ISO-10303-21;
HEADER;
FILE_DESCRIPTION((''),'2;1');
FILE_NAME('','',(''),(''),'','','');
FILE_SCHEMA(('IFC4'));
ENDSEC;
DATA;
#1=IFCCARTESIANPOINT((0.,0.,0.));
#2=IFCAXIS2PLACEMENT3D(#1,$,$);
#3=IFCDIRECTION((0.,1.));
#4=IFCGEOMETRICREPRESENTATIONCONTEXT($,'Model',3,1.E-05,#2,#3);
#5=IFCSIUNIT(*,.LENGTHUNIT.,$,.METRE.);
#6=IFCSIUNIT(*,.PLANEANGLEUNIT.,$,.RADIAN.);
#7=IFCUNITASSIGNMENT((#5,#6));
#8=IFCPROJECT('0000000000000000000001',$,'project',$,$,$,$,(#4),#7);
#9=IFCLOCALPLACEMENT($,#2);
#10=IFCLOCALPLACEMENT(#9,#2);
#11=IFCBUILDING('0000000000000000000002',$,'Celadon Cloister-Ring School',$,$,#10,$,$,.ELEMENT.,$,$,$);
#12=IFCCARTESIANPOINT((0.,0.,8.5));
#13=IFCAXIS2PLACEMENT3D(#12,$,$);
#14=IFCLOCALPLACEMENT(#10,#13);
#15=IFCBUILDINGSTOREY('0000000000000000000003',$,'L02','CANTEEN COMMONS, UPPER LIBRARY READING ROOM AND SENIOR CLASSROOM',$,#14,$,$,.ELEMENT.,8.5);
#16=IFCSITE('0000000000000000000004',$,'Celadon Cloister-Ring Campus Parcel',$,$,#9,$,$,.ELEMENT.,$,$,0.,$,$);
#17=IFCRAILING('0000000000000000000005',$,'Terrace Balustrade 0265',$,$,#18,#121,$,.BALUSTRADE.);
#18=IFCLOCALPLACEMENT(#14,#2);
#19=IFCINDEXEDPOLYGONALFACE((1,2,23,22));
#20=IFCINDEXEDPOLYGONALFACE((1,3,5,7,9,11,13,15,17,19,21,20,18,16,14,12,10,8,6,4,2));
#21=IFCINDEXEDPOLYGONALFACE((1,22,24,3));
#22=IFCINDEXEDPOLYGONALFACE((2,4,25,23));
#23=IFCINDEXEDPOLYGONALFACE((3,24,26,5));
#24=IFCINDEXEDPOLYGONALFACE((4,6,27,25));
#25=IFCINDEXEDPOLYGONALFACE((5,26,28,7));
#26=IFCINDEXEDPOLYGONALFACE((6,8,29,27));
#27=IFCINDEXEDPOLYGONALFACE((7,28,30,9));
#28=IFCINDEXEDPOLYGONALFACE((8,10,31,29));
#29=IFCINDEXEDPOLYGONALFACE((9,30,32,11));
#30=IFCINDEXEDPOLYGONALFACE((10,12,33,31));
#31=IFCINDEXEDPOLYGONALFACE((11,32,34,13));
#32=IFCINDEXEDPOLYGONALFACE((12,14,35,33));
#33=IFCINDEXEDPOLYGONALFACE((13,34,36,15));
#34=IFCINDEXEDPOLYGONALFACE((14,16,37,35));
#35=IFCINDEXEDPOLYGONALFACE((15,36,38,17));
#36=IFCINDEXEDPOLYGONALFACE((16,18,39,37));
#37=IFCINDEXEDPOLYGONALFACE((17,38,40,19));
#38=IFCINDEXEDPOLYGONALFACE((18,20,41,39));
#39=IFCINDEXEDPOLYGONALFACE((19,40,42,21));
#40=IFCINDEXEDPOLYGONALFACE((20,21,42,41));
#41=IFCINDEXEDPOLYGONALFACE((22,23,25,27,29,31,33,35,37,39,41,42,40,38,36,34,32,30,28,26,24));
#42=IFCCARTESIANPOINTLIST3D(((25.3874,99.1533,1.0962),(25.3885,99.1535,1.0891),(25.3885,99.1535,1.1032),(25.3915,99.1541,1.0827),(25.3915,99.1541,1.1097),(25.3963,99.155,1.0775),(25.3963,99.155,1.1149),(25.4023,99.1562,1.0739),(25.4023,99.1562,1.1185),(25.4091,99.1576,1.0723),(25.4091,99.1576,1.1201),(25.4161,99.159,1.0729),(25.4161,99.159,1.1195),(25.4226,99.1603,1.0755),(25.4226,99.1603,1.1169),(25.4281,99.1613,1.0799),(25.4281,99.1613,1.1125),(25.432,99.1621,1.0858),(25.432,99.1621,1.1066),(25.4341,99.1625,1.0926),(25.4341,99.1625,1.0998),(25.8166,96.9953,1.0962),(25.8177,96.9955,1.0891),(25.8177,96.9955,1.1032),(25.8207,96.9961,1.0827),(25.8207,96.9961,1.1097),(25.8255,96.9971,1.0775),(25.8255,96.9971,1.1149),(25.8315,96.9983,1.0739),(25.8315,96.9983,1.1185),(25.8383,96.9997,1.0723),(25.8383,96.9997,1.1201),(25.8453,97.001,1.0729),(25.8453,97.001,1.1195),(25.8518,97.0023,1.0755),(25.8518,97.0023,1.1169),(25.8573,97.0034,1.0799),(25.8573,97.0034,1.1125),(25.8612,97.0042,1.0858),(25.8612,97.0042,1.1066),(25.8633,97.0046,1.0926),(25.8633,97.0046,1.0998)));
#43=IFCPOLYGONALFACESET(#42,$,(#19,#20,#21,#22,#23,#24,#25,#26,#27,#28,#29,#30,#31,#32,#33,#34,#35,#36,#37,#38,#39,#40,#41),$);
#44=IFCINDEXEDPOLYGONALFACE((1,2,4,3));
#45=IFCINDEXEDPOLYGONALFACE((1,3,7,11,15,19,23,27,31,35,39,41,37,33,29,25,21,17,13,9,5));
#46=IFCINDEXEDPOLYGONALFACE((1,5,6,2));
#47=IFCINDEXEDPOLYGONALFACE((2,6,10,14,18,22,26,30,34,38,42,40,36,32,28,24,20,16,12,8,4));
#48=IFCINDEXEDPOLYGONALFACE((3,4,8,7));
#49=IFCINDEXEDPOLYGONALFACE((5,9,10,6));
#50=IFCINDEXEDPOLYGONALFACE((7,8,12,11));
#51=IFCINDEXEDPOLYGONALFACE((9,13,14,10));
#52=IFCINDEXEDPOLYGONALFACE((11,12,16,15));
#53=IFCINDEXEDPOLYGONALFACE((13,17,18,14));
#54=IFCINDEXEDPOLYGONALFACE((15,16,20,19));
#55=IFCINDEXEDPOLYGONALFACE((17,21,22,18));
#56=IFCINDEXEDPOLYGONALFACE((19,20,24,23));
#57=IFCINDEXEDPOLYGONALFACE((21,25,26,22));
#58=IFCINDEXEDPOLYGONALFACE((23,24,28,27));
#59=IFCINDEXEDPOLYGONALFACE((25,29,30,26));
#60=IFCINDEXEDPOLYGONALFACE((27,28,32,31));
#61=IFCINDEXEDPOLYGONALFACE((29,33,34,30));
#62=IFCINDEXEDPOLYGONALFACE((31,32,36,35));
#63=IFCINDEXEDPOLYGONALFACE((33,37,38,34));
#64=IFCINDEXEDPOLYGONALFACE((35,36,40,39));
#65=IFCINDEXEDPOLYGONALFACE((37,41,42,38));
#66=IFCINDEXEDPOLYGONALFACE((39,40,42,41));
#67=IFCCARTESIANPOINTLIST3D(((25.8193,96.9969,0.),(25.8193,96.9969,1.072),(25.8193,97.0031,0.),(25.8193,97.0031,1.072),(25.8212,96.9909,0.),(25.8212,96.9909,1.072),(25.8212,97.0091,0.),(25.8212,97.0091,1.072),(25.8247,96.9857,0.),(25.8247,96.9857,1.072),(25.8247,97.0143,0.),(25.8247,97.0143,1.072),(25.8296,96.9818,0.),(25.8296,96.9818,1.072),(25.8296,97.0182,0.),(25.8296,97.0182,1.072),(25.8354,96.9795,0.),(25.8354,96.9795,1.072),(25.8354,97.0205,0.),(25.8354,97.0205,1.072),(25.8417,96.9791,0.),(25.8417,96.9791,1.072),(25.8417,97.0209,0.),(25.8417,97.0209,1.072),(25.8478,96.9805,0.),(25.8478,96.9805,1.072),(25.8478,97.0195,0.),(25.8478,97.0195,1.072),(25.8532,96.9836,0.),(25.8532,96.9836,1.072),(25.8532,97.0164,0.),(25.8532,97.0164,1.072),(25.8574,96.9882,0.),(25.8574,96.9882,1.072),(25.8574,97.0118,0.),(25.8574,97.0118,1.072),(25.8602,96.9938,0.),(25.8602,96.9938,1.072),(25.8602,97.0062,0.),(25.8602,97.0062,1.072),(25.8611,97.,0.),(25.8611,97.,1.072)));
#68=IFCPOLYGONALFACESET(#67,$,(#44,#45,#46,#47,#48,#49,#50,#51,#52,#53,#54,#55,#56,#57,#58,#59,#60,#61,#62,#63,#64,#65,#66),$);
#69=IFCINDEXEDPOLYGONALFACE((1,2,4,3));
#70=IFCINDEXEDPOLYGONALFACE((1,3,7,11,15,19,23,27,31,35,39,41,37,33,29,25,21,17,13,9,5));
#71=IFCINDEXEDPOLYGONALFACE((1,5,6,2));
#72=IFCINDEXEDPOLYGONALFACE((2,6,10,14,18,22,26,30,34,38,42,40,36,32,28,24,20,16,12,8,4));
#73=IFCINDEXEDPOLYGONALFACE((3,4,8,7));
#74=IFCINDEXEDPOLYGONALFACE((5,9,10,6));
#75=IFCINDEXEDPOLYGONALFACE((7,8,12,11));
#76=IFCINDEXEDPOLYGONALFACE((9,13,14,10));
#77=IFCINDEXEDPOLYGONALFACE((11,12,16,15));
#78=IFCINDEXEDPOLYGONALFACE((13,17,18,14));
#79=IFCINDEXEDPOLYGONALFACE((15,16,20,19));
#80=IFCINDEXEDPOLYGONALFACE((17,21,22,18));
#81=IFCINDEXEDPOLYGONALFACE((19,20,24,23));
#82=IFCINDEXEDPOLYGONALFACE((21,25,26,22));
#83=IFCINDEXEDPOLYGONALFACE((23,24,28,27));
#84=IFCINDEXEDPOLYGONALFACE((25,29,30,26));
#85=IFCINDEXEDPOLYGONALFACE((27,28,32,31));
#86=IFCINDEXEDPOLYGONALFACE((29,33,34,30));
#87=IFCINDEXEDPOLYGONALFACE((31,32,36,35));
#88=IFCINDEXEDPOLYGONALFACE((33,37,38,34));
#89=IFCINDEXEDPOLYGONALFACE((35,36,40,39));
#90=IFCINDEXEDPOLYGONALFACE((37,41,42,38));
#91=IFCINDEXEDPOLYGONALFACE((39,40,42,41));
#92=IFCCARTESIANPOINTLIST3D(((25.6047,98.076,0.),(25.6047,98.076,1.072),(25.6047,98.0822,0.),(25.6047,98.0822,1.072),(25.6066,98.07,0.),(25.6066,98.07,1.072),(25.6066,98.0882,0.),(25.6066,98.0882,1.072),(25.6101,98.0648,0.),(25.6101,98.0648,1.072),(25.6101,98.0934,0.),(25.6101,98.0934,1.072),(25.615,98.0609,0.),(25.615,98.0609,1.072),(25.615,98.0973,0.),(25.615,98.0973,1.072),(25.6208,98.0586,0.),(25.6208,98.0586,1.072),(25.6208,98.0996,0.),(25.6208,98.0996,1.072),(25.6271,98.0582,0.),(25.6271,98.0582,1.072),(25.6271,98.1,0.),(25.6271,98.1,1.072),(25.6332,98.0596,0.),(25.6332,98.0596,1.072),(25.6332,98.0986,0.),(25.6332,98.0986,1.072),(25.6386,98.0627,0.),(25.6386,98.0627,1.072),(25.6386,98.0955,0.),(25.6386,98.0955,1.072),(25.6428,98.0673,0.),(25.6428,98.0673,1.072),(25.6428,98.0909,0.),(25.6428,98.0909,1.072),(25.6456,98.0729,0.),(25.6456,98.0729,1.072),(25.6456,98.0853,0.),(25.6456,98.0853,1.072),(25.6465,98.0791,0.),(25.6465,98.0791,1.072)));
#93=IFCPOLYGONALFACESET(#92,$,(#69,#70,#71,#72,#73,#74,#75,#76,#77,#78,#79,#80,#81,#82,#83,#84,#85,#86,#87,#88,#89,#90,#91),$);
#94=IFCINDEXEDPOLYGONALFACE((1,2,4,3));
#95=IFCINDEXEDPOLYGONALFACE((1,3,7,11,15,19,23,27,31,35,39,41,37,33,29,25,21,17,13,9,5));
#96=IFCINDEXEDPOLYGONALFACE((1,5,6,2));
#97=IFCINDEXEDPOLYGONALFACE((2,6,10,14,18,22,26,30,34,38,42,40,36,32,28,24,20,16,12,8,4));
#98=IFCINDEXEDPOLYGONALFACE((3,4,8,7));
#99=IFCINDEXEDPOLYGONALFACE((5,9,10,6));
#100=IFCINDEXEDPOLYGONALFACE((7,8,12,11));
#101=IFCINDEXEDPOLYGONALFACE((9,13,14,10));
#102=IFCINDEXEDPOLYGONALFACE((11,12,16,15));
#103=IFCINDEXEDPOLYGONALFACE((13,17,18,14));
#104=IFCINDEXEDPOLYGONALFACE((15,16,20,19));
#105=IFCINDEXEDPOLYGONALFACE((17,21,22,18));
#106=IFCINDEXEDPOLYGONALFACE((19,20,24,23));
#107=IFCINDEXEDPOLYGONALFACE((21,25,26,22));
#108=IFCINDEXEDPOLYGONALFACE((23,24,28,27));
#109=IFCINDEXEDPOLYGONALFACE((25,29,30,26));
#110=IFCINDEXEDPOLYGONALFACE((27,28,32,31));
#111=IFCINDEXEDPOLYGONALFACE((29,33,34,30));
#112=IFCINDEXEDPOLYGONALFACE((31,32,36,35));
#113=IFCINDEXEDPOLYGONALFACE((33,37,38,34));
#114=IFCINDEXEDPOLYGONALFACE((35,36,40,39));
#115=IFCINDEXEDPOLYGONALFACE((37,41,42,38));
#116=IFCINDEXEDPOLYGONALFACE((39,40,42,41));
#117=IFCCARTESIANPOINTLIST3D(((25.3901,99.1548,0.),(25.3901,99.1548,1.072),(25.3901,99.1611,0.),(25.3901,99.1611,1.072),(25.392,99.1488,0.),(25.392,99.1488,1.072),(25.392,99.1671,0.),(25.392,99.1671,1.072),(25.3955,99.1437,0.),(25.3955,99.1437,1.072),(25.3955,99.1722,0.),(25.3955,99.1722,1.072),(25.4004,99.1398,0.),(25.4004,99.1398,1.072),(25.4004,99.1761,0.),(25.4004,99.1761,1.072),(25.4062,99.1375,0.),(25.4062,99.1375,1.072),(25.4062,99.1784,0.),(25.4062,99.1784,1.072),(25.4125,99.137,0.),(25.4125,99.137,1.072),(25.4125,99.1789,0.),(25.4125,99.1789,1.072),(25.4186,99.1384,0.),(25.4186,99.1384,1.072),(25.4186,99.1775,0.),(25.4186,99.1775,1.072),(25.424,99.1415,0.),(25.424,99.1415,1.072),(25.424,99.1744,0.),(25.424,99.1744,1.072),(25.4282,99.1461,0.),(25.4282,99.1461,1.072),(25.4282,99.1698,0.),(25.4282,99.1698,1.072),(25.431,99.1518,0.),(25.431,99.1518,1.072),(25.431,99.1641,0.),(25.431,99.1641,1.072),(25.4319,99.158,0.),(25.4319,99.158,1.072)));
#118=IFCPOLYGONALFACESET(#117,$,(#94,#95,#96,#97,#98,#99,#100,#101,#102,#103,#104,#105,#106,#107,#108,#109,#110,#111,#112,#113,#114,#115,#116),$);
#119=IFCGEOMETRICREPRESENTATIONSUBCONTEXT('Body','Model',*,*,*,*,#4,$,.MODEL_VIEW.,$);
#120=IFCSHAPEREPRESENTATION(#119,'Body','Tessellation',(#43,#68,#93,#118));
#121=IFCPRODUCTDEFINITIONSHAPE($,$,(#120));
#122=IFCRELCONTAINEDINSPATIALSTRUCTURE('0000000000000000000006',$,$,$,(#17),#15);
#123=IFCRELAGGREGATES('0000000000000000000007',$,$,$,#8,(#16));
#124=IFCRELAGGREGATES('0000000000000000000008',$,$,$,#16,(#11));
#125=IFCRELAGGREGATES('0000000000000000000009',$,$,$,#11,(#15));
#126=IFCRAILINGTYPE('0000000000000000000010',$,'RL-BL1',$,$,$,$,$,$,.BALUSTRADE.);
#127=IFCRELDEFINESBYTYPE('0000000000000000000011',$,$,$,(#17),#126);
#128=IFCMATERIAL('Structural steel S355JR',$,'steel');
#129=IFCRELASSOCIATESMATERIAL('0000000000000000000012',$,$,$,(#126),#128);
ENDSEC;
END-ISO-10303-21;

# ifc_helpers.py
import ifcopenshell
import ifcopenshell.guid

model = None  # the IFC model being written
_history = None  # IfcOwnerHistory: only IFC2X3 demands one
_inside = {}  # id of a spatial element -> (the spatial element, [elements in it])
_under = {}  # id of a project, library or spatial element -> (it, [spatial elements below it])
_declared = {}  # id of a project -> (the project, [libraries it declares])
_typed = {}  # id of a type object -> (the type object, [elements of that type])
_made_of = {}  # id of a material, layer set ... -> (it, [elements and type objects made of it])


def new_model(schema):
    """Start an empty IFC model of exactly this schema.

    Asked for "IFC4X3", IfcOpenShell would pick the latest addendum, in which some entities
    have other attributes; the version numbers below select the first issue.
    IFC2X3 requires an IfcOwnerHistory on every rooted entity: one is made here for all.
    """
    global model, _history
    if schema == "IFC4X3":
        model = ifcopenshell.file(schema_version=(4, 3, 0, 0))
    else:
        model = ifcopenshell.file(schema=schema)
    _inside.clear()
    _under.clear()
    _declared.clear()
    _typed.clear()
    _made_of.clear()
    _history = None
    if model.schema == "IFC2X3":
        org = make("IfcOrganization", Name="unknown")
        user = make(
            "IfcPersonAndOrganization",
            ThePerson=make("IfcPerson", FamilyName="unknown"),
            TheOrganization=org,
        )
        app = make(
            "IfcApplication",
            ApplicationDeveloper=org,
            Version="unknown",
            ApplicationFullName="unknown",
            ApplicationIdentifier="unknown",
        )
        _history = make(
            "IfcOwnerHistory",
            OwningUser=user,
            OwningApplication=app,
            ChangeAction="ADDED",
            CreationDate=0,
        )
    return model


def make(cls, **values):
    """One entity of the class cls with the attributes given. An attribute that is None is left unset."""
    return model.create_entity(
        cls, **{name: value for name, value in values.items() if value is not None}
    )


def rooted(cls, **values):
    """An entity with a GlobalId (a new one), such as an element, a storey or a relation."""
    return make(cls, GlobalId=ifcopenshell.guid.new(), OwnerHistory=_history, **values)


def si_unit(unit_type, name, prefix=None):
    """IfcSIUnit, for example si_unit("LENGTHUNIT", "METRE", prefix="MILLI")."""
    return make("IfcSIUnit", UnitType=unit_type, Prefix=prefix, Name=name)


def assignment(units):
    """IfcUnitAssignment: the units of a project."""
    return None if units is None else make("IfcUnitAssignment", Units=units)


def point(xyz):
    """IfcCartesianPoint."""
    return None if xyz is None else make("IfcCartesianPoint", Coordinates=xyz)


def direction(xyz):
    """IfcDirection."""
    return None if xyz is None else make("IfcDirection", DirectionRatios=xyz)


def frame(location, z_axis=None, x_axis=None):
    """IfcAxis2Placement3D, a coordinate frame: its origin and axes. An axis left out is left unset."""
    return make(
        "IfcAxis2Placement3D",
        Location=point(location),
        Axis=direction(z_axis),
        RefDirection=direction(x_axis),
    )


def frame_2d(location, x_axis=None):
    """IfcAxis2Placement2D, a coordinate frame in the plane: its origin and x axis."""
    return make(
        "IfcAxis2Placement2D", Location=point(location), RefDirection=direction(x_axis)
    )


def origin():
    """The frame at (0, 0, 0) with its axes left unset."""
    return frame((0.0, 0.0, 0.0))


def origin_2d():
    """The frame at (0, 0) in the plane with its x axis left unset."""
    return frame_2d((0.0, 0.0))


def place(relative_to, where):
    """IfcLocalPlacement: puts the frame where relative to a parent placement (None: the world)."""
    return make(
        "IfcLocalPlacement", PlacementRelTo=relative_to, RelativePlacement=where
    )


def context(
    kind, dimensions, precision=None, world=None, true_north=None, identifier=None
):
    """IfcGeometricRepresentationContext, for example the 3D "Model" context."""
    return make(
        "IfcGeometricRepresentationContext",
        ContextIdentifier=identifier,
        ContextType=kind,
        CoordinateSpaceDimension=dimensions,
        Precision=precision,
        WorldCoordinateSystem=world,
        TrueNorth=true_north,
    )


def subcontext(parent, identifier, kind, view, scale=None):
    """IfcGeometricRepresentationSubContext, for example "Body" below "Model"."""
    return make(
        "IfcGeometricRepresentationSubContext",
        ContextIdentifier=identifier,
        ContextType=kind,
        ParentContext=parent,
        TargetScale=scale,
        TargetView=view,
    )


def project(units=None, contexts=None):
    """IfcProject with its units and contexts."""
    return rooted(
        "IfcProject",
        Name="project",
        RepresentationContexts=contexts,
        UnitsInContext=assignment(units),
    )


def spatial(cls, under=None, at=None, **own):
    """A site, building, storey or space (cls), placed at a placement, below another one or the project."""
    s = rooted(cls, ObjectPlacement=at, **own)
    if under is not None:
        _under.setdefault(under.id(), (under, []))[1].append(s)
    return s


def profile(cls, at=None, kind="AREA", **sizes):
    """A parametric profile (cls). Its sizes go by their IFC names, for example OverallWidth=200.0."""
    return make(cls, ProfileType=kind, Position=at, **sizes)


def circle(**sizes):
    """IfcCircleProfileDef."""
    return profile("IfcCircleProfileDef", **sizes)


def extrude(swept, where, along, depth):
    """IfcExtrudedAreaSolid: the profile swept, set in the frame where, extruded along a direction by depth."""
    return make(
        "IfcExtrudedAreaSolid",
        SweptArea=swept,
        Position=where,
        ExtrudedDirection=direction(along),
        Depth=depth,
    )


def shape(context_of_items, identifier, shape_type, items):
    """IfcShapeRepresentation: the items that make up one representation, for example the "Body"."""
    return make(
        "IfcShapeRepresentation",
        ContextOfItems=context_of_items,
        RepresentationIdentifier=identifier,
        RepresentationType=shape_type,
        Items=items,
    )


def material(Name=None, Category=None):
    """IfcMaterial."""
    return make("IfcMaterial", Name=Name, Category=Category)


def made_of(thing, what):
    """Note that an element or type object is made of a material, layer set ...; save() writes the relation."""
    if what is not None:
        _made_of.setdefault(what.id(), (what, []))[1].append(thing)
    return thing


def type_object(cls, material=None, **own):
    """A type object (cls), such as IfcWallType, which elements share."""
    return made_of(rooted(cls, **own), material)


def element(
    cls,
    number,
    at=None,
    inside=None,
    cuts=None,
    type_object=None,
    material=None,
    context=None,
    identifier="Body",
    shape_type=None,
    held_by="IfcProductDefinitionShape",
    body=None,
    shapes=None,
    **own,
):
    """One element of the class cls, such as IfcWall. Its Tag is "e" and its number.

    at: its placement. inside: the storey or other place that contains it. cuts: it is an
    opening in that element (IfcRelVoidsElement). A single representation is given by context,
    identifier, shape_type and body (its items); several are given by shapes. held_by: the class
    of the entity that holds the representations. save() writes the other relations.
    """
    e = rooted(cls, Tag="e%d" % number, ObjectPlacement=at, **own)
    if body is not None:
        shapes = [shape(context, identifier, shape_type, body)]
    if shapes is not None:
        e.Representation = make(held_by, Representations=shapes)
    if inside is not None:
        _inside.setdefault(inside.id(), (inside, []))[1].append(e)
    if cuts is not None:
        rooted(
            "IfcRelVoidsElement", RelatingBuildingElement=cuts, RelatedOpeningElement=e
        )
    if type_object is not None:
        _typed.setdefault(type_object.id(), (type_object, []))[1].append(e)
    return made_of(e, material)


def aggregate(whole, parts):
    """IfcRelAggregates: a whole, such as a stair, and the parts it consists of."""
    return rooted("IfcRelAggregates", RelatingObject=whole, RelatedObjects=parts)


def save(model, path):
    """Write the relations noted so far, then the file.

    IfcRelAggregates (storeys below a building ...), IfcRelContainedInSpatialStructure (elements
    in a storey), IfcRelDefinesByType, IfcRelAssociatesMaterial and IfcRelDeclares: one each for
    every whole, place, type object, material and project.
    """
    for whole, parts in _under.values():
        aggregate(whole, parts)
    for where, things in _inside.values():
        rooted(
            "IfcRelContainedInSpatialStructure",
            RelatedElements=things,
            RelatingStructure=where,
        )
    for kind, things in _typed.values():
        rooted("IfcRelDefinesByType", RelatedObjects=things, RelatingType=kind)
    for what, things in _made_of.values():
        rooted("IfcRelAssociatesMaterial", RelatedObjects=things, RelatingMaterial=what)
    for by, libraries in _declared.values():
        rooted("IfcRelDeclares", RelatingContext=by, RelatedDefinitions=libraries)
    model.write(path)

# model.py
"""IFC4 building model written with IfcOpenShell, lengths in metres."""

from ifc_helpers import new_model, si_unit, direction, frame, origin, origin_2d, place, context, subcontext, project, spatial, circle, extrude, material, type_object, element, save


model = new_model("IFC4")

# Units and contexts
model_context = context("Model", 3, precision=1e-05, world=origin(), true_north=direction((0.0, 1.0)))
body_context = subcontext(model_context, "Body", "Model", "MODEL_VIEW")
ifc_project = project(units=[si_unit("LENGTHUNIT", "METRE"), si_unit("PLANEANGLEUNIT", "RADIAN")], contexts=[model_context])

# Site, building, storey
site_placement = place(None, origin())
site = spatial("IfcSite", under=ifc_project, at=site_placement, Name="Celadon Cloister-Ring Campus Parcel", CompositionType="ELEMENT", RefElevation=0.0)
building_placement = place(site_placement, origin())
building = spatial("IfcBuilding", under=site, at=building_placement, Name="Celadon Cloister-Ring School", CompositionType="ELEMENT")
storey_placement = place(building_placement, frame((0.0, 0.0, 8.5)))
storey = spatial("IfcBuildingStorey", under=building, at=storey_placement, Name="L02", Description="CANTEEN COMMONS, UPPER LIBRARY READING ROOM AND SENIOR CLASSROOM", CompositionType="ELEMENT", Elevation=8.5)

# Railing
ifc_material_1 = material(Name="Structural steel S355JR", Category="steel")
railing_type = type_object("IfcRailingType", Name="RL-BL1", PredefinedType="BALUSTRADE", material=ifc_material_1)
railing_placement = place(storey_placement, frame((25.8401, 97.0, 0.0)))
element("IfcRailing", 1, at=railing_placement, inside=storey, type_object=railing_type, Name="Terrace Balustrade 0265", PredefinedType="BALUSTRADE", context=body_context, shape_type="SweptSolid", body=[
    extrude(circle(Radius=0.0239, at=origin_2d()), frame((0.0, 0.0, 1.0962), z_axis=(-0.19507, 0.980789, 0.0), x_axis=(-0.980789, -0.19507, 0.0)), (0.0, 0.0, 1.0), 2.2002),
    extrude(circle(Radius=0.021, at=origin_2d()), origin(), (0.0, 0.0, 1.0), 1.072),
    extrude(circle(Radius=0.021, at=origin_2d()), frame((-0.2146, 1.0791, 0.0)), (0.0, 0.0, 1.0), 1.072),
    extrude(circle(Radius=0.021, at=origin_2d()), frame((-0.4292, 2.158, 0.0)), (0.0, 0.0, 1.0), 1.072),
])

save(model, "model.ifc")
